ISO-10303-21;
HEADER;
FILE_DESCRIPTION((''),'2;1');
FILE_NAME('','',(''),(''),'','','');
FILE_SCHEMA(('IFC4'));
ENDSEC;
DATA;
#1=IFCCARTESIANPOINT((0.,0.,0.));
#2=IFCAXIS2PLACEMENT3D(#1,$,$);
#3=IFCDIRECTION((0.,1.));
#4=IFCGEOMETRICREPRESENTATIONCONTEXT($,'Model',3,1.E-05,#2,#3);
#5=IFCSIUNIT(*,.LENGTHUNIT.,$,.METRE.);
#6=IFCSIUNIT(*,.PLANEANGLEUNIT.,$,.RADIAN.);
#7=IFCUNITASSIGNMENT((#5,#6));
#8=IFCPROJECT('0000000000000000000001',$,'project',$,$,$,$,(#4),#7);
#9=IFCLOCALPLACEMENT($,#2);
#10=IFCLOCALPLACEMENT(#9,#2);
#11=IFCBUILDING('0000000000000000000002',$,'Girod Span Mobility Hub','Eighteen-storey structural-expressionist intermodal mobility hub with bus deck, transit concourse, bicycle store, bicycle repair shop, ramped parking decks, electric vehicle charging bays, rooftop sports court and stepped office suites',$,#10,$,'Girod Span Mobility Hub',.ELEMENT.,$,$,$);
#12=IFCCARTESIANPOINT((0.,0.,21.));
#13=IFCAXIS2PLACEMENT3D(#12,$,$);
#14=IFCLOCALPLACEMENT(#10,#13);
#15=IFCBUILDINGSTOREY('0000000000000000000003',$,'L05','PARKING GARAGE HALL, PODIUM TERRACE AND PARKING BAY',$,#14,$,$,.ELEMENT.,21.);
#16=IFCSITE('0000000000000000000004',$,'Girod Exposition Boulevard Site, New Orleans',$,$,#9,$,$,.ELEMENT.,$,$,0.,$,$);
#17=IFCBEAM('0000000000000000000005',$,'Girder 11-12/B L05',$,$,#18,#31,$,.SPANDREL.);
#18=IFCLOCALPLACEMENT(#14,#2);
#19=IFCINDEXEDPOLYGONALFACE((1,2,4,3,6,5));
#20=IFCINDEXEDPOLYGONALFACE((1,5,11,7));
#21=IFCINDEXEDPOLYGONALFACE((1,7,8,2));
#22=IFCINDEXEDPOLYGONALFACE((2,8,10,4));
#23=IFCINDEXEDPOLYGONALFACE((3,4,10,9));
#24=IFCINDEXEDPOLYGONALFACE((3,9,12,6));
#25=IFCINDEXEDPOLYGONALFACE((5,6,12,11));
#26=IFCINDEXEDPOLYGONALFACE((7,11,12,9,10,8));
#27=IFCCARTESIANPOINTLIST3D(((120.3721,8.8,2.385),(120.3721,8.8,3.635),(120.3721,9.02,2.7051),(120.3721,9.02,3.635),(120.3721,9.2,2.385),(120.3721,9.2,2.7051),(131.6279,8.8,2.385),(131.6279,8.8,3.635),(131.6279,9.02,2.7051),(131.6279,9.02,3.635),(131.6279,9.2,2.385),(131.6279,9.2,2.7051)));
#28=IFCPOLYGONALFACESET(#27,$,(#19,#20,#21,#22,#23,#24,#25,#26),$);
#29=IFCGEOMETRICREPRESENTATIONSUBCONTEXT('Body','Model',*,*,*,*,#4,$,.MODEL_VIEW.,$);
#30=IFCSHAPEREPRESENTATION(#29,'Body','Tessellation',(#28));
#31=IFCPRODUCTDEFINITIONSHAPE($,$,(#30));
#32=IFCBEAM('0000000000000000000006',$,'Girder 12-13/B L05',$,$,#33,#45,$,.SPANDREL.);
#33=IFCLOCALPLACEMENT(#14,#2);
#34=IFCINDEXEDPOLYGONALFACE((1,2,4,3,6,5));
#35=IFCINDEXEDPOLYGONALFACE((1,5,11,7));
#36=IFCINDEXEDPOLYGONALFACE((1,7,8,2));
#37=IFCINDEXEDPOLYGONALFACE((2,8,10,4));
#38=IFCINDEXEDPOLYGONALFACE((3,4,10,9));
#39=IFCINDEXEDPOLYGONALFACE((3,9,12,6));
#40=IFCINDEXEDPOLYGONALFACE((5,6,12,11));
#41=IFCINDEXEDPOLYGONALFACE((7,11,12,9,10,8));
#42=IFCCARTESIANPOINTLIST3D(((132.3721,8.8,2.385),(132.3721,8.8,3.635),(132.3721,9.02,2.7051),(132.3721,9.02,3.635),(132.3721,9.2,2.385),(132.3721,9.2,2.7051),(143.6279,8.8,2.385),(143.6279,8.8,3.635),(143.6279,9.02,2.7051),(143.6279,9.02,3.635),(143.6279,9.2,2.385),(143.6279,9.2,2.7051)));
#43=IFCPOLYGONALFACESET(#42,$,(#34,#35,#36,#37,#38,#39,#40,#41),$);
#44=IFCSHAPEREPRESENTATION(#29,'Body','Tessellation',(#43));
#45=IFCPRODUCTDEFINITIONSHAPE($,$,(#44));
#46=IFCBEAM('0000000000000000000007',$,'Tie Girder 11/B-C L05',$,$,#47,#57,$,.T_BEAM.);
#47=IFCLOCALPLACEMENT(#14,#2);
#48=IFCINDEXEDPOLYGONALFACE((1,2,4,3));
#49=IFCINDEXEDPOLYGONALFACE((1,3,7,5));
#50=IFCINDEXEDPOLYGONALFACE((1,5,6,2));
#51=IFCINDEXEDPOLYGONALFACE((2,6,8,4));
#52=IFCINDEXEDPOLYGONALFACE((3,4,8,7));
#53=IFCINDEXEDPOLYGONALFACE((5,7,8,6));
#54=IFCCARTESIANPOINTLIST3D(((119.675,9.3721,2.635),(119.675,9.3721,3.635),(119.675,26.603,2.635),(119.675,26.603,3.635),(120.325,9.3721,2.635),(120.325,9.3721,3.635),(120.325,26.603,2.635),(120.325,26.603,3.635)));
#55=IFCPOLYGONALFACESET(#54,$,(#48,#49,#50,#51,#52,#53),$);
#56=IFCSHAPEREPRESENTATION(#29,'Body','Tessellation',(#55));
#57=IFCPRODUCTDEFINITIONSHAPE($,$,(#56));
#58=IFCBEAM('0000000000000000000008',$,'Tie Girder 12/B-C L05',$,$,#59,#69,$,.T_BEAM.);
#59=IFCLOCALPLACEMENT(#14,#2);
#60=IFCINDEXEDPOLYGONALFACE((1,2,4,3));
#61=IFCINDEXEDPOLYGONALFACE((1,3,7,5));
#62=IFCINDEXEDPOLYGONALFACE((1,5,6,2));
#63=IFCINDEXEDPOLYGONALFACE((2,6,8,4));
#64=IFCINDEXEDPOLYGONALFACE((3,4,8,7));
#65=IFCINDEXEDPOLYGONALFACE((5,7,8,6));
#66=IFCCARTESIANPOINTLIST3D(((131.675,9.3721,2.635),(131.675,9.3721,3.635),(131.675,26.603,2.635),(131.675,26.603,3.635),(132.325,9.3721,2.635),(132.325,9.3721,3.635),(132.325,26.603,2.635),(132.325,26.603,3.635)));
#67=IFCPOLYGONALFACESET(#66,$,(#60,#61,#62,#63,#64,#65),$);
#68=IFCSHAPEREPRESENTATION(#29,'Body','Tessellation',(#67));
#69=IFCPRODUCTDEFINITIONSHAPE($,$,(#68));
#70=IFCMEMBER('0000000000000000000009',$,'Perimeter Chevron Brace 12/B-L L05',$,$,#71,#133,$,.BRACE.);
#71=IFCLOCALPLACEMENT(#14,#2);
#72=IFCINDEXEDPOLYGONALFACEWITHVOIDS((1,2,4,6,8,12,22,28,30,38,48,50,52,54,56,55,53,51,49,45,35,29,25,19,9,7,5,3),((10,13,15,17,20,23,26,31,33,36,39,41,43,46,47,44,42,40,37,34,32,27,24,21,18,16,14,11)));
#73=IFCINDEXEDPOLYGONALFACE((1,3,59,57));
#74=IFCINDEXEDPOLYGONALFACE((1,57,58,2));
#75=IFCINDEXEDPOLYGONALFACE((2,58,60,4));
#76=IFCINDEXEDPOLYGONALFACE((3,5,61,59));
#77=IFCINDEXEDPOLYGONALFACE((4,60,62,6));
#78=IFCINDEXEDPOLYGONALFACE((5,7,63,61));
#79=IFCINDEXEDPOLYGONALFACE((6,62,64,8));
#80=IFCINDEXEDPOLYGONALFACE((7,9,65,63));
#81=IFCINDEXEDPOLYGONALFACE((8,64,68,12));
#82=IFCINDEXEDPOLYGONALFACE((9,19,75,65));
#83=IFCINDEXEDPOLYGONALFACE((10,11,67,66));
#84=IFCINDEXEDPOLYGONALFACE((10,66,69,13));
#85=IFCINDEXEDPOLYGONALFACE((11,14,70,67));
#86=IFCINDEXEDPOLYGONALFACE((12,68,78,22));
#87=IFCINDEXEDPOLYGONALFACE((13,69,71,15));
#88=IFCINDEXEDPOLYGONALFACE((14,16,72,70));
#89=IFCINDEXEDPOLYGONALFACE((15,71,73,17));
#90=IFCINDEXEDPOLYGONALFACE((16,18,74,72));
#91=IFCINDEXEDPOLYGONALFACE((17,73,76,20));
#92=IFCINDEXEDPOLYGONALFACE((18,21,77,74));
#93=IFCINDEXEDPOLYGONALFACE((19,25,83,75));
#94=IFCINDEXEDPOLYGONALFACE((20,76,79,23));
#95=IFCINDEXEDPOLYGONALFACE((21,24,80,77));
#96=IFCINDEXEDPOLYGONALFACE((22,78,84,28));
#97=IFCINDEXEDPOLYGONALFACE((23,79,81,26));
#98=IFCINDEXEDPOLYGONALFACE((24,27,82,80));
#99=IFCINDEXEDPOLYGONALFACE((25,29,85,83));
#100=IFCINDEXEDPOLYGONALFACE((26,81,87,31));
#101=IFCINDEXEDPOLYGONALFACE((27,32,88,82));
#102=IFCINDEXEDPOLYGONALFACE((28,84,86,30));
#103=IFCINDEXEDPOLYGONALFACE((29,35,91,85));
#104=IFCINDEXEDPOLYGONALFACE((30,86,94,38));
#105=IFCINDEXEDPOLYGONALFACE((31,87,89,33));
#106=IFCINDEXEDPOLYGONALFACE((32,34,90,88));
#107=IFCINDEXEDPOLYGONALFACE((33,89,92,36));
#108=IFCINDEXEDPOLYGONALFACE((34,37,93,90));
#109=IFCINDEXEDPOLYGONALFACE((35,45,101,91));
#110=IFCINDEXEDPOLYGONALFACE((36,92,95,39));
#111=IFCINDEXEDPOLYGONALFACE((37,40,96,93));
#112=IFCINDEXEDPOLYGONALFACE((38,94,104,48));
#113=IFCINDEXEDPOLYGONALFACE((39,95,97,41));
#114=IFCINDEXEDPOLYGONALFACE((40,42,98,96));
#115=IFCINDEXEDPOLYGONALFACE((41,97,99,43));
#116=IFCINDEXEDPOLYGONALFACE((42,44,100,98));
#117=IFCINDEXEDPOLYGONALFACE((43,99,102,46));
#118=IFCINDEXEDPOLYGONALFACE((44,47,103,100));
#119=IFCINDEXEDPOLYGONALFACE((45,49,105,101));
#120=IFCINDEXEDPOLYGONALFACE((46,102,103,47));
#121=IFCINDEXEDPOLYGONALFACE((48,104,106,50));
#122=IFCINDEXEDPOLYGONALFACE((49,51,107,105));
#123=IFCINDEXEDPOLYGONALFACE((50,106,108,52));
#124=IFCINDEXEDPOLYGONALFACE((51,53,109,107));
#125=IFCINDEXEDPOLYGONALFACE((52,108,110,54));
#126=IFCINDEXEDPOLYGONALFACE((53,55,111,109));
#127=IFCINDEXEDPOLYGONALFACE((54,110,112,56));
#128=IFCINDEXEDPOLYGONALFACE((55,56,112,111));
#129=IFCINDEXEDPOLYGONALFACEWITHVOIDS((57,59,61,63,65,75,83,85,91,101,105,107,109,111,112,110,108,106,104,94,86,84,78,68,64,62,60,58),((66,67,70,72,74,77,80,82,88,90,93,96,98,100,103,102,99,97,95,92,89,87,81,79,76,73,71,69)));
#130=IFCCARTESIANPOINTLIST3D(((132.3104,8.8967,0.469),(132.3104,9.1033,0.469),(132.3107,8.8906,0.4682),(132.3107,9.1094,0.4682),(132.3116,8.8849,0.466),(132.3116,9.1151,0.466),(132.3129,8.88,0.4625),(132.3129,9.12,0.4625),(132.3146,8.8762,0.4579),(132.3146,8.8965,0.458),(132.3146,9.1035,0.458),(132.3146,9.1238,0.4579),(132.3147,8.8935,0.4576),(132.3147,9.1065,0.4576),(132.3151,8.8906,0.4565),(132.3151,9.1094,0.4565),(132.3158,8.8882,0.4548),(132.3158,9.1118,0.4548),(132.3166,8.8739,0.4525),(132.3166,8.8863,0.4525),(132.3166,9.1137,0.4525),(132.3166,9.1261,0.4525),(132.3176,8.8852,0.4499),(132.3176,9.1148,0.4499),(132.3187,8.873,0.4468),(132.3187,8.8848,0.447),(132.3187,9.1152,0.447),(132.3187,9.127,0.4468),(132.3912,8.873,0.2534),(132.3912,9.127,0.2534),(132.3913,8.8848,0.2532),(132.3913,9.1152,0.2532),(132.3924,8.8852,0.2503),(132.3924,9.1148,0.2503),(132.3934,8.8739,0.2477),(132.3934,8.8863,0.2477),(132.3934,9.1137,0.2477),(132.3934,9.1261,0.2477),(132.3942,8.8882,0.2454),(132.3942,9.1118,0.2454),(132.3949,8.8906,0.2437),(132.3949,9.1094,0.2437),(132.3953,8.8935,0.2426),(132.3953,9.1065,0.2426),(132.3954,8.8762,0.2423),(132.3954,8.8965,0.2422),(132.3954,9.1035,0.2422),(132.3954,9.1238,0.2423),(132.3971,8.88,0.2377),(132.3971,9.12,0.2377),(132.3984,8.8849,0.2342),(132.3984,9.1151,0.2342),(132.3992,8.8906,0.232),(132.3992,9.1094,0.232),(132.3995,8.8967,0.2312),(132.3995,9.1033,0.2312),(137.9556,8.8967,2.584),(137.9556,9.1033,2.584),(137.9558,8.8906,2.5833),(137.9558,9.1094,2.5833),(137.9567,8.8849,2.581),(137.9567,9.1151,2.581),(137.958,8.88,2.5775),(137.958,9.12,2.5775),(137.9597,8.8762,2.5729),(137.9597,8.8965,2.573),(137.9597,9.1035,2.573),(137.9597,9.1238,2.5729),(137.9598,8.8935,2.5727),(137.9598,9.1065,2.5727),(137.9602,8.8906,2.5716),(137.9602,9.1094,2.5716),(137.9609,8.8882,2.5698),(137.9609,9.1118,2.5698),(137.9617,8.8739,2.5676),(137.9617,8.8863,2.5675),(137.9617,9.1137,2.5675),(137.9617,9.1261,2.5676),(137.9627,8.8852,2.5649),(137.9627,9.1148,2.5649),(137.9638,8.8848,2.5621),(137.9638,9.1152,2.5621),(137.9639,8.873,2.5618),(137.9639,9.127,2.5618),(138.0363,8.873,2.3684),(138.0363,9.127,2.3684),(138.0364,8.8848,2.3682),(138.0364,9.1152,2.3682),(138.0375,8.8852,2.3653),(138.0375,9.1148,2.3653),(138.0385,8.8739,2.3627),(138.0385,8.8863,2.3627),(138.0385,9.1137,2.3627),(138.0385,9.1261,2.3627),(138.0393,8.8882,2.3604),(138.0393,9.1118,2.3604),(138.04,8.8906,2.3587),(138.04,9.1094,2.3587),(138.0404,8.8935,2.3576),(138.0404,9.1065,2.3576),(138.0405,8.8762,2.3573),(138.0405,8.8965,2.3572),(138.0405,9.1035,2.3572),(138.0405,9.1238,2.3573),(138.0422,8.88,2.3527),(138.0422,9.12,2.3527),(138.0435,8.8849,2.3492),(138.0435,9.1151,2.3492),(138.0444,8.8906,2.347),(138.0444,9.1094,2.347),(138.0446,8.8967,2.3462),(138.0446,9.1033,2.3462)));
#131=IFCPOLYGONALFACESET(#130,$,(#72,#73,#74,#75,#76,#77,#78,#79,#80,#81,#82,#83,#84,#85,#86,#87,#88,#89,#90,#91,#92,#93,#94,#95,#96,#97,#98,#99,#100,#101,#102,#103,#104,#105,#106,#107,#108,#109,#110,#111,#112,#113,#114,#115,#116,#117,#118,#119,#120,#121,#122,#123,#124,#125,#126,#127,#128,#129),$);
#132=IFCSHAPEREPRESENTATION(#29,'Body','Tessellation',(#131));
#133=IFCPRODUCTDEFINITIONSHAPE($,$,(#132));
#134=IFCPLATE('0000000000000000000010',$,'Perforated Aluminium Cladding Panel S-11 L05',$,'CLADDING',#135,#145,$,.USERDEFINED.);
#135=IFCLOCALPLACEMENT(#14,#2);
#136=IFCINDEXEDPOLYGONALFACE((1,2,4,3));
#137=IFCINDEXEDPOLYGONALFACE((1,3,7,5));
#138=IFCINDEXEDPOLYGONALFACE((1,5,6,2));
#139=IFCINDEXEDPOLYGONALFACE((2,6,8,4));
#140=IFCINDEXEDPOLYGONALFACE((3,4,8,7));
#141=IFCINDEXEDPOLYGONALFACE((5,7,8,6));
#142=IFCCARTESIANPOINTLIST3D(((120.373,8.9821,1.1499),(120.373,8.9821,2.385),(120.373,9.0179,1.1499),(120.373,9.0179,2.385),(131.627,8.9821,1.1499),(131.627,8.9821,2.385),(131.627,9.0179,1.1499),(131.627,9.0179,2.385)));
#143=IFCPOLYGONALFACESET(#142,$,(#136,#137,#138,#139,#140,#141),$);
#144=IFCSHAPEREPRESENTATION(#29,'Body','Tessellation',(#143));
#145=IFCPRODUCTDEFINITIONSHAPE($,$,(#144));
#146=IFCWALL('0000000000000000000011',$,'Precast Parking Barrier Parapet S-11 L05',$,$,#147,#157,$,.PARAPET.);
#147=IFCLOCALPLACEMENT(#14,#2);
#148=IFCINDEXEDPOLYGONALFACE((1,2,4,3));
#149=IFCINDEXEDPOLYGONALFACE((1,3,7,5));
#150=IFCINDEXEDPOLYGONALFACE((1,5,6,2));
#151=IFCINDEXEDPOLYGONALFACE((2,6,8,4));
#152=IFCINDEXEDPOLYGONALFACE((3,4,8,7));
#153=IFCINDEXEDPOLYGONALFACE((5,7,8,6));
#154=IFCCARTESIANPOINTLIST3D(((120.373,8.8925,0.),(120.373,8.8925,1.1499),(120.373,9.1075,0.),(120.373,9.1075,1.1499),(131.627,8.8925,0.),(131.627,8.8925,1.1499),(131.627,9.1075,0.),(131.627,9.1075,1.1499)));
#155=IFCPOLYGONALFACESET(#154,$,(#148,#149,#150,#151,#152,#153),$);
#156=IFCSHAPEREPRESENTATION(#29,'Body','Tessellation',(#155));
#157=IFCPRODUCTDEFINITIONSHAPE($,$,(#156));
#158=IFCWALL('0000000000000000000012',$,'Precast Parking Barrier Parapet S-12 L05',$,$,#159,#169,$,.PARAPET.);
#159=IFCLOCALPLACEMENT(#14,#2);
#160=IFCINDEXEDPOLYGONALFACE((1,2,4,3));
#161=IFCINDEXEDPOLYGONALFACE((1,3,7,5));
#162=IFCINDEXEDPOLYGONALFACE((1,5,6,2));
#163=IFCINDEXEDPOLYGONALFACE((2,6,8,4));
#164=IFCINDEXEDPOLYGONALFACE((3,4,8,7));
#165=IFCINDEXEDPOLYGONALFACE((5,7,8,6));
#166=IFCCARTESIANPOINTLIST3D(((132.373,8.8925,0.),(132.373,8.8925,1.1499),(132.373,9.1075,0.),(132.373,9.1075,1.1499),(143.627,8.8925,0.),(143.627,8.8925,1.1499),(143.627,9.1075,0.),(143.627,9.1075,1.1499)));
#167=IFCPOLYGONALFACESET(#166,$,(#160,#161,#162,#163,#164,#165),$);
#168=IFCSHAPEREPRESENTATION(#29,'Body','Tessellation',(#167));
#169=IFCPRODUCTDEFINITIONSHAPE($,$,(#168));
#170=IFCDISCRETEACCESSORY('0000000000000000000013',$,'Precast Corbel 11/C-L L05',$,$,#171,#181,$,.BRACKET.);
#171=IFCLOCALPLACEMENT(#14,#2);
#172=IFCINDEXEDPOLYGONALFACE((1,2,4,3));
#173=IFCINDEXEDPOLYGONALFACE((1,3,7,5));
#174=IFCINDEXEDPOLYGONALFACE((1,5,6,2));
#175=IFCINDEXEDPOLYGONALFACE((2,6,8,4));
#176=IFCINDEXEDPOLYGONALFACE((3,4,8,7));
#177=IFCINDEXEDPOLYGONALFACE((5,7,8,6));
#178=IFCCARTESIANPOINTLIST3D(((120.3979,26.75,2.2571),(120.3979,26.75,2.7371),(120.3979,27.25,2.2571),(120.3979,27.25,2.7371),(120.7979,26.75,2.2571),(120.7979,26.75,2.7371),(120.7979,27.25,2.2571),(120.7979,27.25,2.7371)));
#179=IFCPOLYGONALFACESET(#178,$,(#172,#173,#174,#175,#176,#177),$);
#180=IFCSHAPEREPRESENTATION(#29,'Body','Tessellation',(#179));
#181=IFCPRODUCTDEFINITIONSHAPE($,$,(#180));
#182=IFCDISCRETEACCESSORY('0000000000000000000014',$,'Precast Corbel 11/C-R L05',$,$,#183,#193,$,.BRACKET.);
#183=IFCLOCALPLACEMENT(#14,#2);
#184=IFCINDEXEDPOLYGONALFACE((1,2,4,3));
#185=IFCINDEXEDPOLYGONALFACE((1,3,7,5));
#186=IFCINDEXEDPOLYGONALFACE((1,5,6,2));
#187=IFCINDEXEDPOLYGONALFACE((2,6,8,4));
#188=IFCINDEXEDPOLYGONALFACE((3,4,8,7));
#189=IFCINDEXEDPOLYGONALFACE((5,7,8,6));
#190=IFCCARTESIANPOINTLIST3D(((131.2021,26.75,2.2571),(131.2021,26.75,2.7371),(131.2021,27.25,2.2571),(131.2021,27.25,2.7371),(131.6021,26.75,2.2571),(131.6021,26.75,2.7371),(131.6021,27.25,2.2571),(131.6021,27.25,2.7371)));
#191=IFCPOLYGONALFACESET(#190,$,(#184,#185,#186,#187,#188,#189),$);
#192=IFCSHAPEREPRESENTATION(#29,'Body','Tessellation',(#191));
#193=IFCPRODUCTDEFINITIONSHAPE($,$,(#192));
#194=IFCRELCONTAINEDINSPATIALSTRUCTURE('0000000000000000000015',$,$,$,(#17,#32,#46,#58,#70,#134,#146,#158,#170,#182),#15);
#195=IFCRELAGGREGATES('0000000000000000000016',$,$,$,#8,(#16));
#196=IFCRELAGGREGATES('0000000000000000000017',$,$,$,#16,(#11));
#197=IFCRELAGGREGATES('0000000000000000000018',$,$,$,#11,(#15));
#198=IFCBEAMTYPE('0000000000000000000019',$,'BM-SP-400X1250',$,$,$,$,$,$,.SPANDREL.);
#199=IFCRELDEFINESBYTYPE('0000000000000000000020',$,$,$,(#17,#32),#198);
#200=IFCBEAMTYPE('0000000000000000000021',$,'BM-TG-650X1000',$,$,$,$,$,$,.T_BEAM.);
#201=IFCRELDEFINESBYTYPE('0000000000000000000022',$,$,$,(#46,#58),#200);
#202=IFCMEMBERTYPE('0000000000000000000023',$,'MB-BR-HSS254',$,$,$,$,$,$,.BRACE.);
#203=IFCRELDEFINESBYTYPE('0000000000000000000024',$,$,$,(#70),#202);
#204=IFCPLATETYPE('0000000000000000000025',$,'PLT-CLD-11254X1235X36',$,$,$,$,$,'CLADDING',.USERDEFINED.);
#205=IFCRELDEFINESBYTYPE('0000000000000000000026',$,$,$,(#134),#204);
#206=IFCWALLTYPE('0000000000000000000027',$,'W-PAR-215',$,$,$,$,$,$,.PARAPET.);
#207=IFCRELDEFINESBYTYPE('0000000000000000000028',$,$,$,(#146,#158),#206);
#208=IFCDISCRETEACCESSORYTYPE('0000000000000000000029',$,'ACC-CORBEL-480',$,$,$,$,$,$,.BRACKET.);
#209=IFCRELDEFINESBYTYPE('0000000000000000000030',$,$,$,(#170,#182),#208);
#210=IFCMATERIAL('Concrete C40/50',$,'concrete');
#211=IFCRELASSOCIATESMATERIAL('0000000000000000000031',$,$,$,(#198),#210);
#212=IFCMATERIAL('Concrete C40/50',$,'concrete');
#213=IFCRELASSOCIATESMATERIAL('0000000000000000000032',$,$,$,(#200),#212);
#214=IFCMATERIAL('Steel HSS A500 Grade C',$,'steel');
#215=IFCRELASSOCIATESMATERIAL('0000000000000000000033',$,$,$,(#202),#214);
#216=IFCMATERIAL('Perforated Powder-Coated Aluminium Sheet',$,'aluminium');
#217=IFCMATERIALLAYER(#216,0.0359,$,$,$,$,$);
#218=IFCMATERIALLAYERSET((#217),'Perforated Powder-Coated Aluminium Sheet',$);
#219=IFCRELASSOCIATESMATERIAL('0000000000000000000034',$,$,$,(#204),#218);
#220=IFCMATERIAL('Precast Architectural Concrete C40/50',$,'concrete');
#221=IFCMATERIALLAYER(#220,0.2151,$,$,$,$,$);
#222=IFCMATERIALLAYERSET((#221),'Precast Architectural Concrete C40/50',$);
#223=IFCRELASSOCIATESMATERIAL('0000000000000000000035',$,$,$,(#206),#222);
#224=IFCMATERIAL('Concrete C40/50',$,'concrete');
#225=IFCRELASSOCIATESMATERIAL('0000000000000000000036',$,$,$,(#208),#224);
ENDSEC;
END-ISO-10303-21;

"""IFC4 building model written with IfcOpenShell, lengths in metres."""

from ifc_helpers import new_model, si_unit, direction, frame, frame_2d, origin, origin_2d, place, context, subcontext, project, spatial, polyline, rectangle, hollow_rectangle, outline, extrude, material, layer, layer_set, material_profile, profile_set, type_object, element, save


model = new_model("IFC4")

# Units and contexts
model_context = context("Model", 3, precision=1e-05, world=origin(), true_north=direction((0.0, 1.0)))
body_context = subcontext(model_context, "Body", "Model", "MODEL_VIEW")
ifc_project = project(units=[si_unit("LENGTHUNIT", "METRE"), si_unit("PLANEANGLEUNIT", "RADIAN")], contexts=[model_context])

# Site, building, storey
site_placement = place(None, origin())
site = spatial("IfcSite", under=ifc_project, at=site_placement, Name="Girod Exposition Boulevard Site, New Orleans", CompositionType="ELEMENT", RefElevation=0.0)
building_placement = place(site_placement, origin())
building = spatial("IfcBuilding", under=site, at=building_placement, Name="Girod Span Mobility Hub", Description="Eighteen-storey structural-expressionist intermodal mobility hub with bus deck, transit concourse, bicycle store, bicycle repair shop, ramped parking decks, electric vehicle charging bays, rooftop sports court and stepped office suites", LongName="Girod Span Mobility Hub", CompositionType="ELEMENT")
storey_placement = place(building_placement, frame((0.0, 0.0, 21.0)))
storey = spatial("IfcBuildingStorey", under=building, at=storey_placement, Name="L05", Description="PARKING GARAGE HALL, PODIUM TERRACE AND PARKING BAY", CompositionType="ELEMENT", Elevation=21.0)

# Beams
ifc_material_1 = material(Name="Concrete C40/50", Category="concrete")
ifc_material_profile_1 = material_profile(ifc_material_1, outline(polyline([(-0.2, -0.625), (0.2, -0.625), (0.2, -0.3049), (0.02, -0.3049), (0.02, 0.625), (-0.2, 0.625), (-0.2, -0.625)])), Name="SP-400X1250")
ifc_profile_set_1 = profile_set([ifc_material_profile_1], Name="Concrete C40/50")
beam_type_1 = type_object("IfcBeamType", Name="BM-SP-400X1250", PredefinedType="SPANDREL", material=ifc_profile_set_1)
for number, where, z_axis, x_axis, name in (
    (1, (120.3721, 9.0, 3.01), (1.0, 0.0, 0.0), (0.0, 1.0, 0.0), "Girder 11-12/B L05"),
    (2, (132.3721, 9.0, 3.01), (1.0, 0.0, 0.0), (0.0, 1.0, 0.0), "Girder 12-13/B L05"),
):
    element("IfcBeam", number, at=place(storey_placement, frame(where, z_axis=z_axis, x_axis=x_axis)), inside=storey, type_object=beam_type_1, Name=name, PredefinedType="SPANDREL", context=body_context, shape_type="SweptSolid", body=[
        extrude(outline(polyline([(-0.2, -0.625), (0.2, -0.625), (0.2, -0.3049), (0.02, -0.3049), (0.02, 0.625), (-0.2, 0.625), (-0.2, -0.625)])), origin(), (0.0, 0.0, 1.0), 11.2559),
    ])
ifc_material_2 = material(Name="Concrete C40/50", Category="concrete")
ifc_material_profile_2 = material_profile(ifc_material_2, rectangle(XDim=0.6499, YDim=1.0, at=origin_2d()), Name="TG-650X1000")
ifc_profile_set_2 = profile_set([ifc_material_profile_2], Name="Concrete C40/50")
beam_type_2 = type_object("IfcBeamType", Name="BM-TG-650X1000", PredefinedType="T_BEAM", material=ifc_profile_set_2)
for number, where, z_axis, x_axis, name in (
    (3, (120.0, 9.3721, 3.135), (0.0, 1.0, 0.0), (-1.0, 0.0, 0.0), "Tie Girder 11/B-C L05"),
    (4, (132.0, 9.3721, 3.135), (0.0, 1.0, 0.0), (-1.0, 0.0, 0.0), "Tie Girder 12/B-C L05"),
):
    element("IfcBeam", number, at=place(storey_placement, frame(where, z_axis=z_axis, x_axis=x_axis)), inside=storey, type_object=beam_type_2, Name=name, PredefinedType="T_BEAM", context=body_context, shape_type="SweptSolid", body=[
        extrude(rectangle(XDim=0.6499, YDim=1.0, at=origin_2d()), origin(), (0.0, 0.0, 1.0), 17.231),
    ])

# Member
ifc_material_3 = material(Name="Steel HSS A500 Grade C", Category="steel")
ifc_material_profile_3 = material_profile(ifc_material_3, hollow_rectangle(XDim=0.2539, YDim=0.2539, WallThickness=0.0117, InnerFilletRadius=0.0117, OuterFilletRadius=0.0237, at=origin_2d()), Name="HSS254X254X12.7")
ifc_profile_set_3 = profile_set([ifc_material_profile_3], Name="Steel HSS A500 Grade C")
member_type = type_object("IfcMemberType", Name="MB-BR-HSS254", PredefinedType="BRACE", material=ifc_profile_set_3)
member_placement = place(storey_placement, frame((132.355, 9.0, 0.3501), z_axis=(0.936432, 0.0, 0.350848), x_axis=(0.0, 1.0, 0.0)))
element("IfcMember", 5, at=member_placement, inside=storey, type_object=member_type, Name="Perimeter Chevron Brace 12/B-L L05", PredefinedType="BRACE", context=body_context, shape_type="SweptSolid", body=[
    extrude(hollow_rectangle(XDim=0.2539, YDim=0.2539, WallThickness=0.0117, InnerFilletRadius=0.0117, OuterFilletRadius=0.0237, at=origin_2d()), origin(), (0.0, 0.0, 1.0), 6.0283),
])

# Plate
ifc_material_4 = material(Name="Perforated Powder-Coated Aluminium Sheet", Category="aluminium")
ifc_layer_1 = layer(ifc_material_4, 0.0359)
ifc_layer_set_1 = layer_set([ifc_layer_1], Name="Perforated Powder-Coated Aluminium Sheet")
plate_type = type_object("IfcPlateType", Name="PLT-CLD-11254X1235X36", ElementType="CLADDING", PredefinedType="USERDEFINED", material=ifc_layer_set_1)
plate_placement = place(storey_placement, frame((126.0, 9.0, 1.1499), z_axis=(0.0, 0.0, 1.0), x_axis=(1.0, 0.0, 0.0)))
element("IfcPlate", 6, at=plate_placement, inside=storey, type_object=plate_type, Name="Perforated Aluminium Cladding Panel S-11 L05", ObjectType="CLADDING", PredefinedType="USERDEFINED", context=body_context, shape_type="SweptSolid", body=[
    extrude(rectangle(XDim=11.2539, YDim=0.0359, at=origin_2d()), origin(), (0.0, 0.0, 1.0), 1.2351),
])

# Walls
ifc_material_5 = material(Name="Precast Architectural Concrete C40/50", Category="concrete")
ifc_layer_2 = layer(ifc_material_5, 0.2151)
ifc_layer_set_2 = layer_set([ifc_layer_2], Name="Precast Architectural Concrete C40/50")
wall_type = type_object("IfcWallType", Name="W-PAR-215", PredefinedType="PARAPET", material=ifc_layer_set_2)
for number, where, z_axis, x_axis, name in (
    (7, (120.373, 9.0, 0.0), (0.0, 0.0, 1.0), (1.0, 0.0, 0.0), "Precast Parking Barrier Parapet S-11 L05"),
    (8, (132.373, 9.0, 0.0), (0.0, 0.0, 1.0), (1.0, 0.0, 0.0), "Precast Parking Barrier Parapet S-12 L05"),
):
    element("IfcWall", number, at=place(storey_placement, frame(where, z_axis=z_axis, x_axis=x_axis)), inside=storey, type_object=wall_type, Name=name, PredefinedType="PARAPET", context=body_context, shape_type="SweptSolid", body=[
        extrude(rectangle(XDim=11.2539, YDim=0.2151, at=frame_2d((5.627, 0.0))), origin(), (0.0, 0.0, 1.0), 1.1499),
    ])

# Discrete accessories
ifc_material_6 = material(Name="Concrete C40/50", Category="concrete")
discrete_accessory_type = type_object("IfcDiscreteAccessoryType", Name="ACC-CORBEL-480", PredefinedType="BRACKET", material=ifc_material_6)
for number, where, z_axis, x_axis, name in (
    (9, (120.5979, 27.0, 2.2571), (0.0, 0.0, 1.0), (1.0, 0.0, 0.0), "Precast Corbel 11/C-L L05"),
    (10, (131.4021, 27.0, 2.2571), (0.0, 0.0, 1.0), (1.0, 0.0, 0.0), "Precast Corbel 11/C-R L05"),
):
    element("IfcDiscreteAccessory", number, at=place(storey_placement, frame(where, z_axis=z_axis, x_axis=x_axis)), inside=storey, type_object=discrete_accessory_type, Name=name, PredefinedType="BRACKET", context=body_context, shape_type="SweptSolid", body=[
        extrude(rectangle(XDim=0.3999, YDim=0.5, at=origin_2d()), origin(), (0.0, 0.0, 1.0), 0.48),
    ])

save(model, "model.ifc")
